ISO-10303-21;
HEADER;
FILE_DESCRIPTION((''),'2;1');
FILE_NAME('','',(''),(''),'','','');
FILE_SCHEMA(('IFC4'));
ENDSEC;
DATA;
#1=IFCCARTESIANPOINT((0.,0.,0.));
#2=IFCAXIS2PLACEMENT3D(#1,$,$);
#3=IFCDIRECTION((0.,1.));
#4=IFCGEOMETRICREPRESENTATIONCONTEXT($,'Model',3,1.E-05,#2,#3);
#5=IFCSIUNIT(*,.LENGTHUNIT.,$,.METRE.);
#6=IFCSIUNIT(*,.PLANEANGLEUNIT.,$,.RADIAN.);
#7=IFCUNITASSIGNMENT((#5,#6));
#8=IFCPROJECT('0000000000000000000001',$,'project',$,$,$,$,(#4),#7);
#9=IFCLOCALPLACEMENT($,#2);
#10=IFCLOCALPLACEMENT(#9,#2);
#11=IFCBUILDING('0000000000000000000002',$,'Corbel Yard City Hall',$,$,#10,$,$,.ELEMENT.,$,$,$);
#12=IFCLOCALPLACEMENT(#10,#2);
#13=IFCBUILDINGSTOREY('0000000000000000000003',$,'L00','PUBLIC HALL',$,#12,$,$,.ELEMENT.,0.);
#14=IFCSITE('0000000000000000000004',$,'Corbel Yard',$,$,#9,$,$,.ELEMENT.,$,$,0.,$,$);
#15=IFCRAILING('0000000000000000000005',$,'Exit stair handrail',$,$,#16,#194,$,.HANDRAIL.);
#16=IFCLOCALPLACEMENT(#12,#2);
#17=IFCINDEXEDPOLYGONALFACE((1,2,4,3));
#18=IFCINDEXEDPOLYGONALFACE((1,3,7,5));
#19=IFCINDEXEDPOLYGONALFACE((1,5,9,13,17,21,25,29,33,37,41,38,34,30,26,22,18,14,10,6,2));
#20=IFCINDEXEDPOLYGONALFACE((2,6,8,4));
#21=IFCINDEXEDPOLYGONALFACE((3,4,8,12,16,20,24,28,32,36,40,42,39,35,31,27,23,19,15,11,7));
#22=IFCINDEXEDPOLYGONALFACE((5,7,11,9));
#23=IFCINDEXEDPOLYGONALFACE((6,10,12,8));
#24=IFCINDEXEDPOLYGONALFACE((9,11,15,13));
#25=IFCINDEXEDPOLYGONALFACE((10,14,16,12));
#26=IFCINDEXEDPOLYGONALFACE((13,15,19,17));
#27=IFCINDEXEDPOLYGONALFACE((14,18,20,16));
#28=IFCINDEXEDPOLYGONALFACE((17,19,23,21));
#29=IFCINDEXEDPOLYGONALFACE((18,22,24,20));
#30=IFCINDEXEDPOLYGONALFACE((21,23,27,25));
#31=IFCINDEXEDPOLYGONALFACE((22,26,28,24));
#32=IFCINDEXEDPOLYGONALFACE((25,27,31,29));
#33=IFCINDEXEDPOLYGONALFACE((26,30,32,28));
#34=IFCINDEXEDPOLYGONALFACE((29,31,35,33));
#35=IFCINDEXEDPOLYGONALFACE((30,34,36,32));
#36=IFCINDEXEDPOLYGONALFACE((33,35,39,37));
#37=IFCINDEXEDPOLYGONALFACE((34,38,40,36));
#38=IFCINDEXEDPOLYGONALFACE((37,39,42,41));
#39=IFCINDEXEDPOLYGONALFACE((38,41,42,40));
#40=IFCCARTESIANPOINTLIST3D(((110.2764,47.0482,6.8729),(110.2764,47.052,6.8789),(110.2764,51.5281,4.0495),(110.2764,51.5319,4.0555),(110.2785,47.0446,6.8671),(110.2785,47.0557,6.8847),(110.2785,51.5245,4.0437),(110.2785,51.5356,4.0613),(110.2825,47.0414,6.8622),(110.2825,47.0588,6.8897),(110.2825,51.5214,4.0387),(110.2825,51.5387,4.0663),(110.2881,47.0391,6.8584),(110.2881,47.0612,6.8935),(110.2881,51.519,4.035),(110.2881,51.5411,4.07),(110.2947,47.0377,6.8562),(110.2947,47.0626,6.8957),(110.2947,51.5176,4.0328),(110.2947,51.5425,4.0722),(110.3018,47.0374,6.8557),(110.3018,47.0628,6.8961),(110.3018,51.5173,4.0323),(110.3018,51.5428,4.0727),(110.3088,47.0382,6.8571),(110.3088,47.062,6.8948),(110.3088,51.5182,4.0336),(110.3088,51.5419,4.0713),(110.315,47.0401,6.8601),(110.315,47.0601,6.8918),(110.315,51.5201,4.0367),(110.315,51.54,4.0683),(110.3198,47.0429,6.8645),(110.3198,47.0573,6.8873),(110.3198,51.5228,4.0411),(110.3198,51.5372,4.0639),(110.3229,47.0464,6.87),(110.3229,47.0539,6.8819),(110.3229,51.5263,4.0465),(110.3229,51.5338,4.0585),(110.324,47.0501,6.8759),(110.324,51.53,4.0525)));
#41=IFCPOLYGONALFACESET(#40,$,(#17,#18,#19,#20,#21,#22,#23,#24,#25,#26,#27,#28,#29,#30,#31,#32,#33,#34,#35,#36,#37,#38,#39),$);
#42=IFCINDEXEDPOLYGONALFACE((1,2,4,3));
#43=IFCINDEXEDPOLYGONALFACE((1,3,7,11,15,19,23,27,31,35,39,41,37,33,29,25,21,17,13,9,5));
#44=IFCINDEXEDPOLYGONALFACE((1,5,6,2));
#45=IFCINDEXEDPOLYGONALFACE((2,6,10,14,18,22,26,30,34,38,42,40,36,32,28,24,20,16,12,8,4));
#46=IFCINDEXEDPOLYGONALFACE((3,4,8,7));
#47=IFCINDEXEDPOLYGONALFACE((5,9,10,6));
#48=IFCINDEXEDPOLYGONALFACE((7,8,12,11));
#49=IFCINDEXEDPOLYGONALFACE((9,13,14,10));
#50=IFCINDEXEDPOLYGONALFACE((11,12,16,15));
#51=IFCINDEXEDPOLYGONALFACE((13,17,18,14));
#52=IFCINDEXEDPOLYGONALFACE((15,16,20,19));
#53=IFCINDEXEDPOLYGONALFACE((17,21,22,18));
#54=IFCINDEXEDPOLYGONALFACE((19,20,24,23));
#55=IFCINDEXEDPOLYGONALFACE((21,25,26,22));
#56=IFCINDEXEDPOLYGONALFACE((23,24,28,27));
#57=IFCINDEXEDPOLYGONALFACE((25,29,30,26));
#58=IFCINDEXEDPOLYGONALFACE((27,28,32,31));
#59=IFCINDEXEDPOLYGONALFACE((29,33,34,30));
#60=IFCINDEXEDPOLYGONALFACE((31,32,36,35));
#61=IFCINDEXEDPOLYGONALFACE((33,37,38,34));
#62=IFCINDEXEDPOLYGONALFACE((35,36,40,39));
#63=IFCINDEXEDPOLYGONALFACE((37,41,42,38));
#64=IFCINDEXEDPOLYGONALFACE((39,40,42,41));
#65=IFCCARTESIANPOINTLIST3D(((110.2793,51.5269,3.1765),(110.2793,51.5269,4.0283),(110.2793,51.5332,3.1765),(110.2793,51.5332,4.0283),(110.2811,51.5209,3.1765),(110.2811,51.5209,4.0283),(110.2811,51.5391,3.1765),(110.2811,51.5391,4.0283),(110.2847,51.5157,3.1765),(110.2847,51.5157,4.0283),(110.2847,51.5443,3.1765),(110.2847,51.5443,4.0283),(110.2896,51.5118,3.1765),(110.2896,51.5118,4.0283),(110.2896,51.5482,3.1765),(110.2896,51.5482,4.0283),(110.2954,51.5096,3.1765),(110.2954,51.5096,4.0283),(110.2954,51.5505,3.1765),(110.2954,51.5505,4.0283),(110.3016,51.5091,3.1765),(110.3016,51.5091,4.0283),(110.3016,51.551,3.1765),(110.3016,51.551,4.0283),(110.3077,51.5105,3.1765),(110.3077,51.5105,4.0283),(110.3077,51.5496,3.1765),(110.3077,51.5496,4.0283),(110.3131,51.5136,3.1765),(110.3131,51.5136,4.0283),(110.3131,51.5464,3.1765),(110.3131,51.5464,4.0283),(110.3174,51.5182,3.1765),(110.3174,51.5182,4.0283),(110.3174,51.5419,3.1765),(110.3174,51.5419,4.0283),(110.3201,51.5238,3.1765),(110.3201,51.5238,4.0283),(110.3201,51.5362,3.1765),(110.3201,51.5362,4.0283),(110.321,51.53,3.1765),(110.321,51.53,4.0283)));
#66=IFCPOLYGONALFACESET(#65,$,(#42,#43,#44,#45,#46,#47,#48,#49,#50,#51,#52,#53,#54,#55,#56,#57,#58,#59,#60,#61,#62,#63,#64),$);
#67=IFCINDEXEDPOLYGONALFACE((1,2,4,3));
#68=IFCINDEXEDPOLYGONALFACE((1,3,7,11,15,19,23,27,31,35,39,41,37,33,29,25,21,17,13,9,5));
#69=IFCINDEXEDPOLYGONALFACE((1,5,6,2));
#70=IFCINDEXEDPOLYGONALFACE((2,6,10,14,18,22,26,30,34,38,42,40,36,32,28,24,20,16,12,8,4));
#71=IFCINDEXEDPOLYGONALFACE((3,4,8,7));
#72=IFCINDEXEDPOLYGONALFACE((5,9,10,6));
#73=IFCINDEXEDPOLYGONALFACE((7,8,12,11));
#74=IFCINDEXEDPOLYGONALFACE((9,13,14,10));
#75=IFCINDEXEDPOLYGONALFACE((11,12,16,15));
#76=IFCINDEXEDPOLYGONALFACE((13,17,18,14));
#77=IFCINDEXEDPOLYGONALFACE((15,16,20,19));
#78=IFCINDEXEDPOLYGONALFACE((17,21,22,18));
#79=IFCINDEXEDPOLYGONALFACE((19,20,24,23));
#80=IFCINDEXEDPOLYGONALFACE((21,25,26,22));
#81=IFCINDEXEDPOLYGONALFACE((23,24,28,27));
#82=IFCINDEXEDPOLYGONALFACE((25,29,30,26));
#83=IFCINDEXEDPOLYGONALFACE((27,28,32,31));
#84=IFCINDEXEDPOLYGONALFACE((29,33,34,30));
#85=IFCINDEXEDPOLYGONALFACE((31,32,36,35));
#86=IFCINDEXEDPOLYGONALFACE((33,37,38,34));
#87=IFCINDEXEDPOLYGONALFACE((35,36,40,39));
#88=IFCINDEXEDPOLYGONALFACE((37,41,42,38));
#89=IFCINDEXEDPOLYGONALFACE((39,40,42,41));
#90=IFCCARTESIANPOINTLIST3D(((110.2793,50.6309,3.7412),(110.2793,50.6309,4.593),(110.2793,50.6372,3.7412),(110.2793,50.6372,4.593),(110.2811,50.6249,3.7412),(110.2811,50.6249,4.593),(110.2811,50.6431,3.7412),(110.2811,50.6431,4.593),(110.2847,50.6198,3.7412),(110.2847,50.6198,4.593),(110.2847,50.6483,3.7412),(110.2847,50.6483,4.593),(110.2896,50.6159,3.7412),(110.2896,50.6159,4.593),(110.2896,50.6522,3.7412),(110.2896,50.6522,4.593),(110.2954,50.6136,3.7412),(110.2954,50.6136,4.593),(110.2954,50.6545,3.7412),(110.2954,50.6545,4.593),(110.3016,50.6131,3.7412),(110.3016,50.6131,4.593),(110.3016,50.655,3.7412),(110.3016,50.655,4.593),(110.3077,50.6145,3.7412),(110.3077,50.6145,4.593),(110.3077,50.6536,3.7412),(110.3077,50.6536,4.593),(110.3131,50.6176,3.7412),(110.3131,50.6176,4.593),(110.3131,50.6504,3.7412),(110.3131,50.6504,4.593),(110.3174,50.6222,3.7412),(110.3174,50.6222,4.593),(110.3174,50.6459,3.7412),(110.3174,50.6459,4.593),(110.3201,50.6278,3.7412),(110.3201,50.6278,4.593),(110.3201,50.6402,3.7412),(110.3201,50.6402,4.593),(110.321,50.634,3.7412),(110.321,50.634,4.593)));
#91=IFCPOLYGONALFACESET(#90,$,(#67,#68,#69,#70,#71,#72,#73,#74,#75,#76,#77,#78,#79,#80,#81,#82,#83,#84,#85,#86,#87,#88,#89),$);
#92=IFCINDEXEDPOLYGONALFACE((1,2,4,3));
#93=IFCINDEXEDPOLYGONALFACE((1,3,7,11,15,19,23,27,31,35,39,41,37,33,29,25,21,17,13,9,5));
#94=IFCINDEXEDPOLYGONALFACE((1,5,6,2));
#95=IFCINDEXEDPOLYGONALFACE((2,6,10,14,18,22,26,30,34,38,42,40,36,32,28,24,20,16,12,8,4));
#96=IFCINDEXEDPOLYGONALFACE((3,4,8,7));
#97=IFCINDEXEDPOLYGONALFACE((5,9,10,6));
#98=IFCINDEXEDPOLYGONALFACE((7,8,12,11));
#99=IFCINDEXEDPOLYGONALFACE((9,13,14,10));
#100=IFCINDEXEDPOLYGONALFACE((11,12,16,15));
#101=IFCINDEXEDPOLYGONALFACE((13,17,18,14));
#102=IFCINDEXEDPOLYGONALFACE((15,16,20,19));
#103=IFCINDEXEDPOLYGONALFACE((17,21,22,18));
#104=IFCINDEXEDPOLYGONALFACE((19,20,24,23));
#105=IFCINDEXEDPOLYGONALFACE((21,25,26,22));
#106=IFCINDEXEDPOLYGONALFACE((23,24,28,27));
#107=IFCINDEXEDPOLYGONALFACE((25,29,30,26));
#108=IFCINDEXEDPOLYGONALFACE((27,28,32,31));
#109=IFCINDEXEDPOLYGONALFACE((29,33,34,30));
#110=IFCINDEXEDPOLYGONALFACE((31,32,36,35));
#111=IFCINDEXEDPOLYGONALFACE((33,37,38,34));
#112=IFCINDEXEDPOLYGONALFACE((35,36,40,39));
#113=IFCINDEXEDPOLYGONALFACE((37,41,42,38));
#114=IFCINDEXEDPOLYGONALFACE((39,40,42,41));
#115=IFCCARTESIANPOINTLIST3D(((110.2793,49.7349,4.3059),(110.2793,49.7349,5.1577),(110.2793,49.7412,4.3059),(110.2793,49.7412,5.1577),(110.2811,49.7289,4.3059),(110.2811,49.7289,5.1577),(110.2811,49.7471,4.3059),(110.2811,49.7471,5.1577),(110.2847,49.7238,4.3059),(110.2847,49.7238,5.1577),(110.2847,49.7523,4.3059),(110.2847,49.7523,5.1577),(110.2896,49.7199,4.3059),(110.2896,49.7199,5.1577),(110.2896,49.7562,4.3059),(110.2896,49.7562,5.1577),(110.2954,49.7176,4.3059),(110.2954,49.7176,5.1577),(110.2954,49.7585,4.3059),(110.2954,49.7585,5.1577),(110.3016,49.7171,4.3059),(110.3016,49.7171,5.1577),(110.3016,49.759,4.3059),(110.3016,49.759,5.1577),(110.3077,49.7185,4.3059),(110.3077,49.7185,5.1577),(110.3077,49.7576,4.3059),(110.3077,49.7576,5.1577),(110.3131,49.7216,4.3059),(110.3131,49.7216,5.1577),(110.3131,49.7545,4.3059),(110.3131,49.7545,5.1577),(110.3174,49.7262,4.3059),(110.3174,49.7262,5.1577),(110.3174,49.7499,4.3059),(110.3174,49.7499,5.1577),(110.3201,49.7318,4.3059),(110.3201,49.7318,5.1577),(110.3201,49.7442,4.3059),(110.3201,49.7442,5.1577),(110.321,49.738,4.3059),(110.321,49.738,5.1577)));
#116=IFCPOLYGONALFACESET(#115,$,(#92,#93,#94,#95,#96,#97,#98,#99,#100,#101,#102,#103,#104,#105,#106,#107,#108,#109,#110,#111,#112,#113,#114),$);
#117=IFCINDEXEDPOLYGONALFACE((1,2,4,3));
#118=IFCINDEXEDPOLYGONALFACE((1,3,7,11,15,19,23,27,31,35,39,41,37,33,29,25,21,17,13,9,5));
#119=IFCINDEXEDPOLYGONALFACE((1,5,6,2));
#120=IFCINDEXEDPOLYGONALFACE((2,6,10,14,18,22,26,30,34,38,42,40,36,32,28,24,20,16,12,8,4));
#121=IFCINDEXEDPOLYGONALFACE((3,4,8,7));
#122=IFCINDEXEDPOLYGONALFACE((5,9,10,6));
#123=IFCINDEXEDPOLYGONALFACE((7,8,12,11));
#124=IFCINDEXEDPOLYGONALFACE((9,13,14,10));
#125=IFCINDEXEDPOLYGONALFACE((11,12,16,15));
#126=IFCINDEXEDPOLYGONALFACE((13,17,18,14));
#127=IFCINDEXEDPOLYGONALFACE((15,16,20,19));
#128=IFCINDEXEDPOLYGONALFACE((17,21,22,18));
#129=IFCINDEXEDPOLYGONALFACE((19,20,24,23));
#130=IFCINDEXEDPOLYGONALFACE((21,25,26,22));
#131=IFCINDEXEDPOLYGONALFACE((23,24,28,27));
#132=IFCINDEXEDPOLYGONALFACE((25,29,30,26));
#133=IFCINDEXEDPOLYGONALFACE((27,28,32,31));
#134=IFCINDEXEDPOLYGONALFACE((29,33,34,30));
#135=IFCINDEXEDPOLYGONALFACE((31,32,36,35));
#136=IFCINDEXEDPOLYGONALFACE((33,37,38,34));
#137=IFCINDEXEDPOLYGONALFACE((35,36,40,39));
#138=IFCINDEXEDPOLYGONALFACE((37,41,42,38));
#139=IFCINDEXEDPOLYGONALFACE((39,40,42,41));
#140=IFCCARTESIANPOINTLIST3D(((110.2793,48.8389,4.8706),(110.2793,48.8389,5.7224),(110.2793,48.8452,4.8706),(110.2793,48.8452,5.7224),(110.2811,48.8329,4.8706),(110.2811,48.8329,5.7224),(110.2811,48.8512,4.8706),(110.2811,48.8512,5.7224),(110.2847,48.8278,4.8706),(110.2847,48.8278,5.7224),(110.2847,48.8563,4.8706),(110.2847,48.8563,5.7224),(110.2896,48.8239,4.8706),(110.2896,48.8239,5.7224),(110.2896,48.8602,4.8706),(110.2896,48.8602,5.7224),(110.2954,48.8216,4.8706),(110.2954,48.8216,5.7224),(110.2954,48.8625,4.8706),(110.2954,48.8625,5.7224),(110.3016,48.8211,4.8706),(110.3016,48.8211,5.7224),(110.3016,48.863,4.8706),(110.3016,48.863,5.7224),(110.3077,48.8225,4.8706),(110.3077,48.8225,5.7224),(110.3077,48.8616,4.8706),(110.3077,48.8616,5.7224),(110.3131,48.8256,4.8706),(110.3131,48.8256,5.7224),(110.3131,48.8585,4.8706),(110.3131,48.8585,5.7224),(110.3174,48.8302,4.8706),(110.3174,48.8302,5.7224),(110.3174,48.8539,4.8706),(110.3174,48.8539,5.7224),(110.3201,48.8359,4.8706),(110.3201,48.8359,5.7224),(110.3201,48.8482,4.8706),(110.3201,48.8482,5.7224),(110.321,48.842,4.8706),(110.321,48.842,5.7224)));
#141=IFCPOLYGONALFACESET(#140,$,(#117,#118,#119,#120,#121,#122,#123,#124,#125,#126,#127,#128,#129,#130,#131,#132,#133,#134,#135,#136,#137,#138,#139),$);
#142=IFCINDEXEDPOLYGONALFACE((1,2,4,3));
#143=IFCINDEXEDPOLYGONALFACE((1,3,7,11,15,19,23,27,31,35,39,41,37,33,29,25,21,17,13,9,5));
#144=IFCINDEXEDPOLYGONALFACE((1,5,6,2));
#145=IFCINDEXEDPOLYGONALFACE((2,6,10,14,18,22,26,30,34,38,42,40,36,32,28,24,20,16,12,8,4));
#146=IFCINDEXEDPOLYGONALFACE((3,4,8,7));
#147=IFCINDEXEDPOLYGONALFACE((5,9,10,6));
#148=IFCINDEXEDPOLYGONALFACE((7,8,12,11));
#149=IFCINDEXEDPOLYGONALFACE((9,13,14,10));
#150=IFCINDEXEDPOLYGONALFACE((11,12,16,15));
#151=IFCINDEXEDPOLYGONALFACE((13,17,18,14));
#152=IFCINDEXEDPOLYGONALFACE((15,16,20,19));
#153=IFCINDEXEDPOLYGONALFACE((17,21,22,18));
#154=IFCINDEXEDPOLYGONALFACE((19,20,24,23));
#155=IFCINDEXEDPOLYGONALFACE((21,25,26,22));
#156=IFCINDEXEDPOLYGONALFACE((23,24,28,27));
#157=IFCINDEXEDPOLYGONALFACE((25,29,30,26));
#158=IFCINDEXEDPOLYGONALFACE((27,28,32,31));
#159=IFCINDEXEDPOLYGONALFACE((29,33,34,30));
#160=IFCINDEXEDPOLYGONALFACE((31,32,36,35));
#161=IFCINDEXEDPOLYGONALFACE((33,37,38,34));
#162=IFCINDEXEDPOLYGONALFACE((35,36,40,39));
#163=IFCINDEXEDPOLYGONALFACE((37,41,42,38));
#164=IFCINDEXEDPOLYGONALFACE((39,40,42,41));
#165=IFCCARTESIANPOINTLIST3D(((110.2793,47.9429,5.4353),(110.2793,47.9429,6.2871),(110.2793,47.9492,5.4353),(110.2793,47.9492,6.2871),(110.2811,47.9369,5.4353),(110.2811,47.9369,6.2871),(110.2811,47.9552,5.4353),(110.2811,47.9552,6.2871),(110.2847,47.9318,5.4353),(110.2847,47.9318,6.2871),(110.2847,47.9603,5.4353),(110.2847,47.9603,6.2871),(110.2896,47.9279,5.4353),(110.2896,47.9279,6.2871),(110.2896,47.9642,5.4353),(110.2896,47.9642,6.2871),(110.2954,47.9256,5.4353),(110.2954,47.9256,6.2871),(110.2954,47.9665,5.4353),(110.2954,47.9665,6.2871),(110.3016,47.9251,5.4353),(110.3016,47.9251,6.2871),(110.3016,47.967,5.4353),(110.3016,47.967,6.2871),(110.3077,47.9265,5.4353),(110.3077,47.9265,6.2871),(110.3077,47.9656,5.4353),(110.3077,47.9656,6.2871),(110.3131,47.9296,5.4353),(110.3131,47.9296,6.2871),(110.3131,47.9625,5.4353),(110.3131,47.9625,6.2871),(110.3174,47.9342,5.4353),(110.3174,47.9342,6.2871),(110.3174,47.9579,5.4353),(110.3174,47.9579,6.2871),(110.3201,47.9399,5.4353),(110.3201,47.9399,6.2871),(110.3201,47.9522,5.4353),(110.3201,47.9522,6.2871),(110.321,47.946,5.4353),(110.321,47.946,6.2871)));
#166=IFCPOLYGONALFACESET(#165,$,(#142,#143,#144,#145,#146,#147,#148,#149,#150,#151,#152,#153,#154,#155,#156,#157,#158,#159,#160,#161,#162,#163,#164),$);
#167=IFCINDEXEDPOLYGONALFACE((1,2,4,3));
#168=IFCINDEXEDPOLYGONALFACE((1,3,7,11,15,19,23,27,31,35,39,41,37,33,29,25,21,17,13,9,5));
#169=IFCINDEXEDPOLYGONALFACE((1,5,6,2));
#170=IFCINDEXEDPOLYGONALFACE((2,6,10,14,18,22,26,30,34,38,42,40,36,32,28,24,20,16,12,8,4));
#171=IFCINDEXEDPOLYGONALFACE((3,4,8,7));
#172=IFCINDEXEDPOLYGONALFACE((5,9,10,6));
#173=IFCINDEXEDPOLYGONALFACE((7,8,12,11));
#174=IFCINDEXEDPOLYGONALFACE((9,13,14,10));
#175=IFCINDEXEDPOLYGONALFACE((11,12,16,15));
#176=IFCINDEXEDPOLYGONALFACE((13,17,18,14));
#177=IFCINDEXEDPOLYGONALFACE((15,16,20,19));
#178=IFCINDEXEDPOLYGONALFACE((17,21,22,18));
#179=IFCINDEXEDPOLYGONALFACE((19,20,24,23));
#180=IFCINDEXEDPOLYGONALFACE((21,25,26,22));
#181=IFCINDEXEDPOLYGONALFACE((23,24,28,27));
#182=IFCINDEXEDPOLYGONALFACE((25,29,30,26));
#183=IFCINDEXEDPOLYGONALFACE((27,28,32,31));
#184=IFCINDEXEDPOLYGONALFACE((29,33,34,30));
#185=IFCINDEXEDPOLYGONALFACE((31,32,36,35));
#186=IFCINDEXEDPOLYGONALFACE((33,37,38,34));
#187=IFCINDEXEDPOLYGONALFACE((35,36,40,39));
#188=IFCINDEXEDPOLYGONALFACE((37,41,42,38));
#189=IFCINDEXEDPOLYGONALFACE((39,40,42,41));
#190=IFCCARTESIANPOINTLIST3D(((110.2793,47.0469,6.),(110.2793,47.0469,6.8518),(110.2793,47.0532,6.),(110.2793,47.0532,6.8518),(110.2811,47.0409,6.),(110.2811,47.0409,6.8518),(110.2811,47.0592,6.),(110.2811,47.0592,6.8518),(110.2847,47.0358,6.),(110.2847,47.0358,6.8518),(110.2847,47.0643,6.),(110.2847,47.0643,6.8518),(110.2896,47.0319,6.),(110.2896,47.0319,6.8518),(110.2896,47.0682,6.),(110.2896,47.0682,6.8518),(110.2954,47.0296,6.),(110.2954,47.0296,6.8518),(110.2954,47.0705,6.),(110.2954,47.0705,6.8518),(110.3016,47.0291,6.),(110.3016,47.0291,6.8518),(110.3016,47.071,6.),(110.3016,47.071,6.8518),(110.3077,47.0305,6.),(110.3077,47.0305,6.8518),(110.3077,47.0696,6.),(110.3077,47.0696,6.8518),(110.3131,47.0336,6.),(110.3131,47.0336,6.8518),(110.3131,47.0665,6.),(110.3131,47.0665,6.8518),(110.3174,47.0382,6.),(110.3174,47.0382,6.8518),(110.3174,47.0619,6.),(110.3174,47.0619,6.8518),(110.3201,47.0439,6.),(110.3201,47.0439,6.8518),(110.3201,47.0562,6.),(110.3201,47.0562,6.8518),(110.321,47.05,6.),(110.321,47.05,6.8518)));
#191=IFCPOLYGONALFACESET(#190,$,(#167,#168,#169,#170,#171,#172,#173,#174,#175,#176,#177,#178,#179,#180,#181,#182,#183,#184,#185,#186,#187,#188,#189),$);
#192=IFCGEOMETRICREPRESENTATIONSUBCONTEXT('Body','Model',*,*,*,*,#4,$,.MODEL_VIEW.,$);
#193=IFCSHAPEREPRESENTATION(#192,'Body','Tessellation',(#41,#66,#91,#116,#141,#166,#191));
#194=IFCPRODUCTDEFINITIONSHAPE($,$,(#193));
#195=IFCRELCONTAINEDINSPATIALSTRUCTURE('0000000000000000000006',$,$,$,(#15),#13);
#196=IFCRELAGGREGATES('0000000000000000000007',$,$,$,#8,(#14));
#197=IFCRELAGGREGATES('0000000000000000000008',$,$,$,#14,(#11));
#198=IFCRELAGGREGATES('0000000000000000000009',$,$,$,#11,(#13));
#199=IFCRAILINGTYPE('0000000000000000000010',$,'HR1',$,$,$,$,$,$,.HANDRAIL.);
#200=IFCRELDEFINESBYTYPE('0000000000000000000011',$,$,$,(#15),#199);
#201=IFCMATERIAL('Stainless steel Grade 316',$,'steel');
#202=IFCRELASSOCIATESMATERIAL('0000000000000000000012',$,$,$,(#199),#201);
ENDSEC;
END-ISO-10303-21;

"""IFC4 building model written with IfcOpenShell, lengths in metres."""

from ifc_helpers import new_model, si_unit, direction, frame, origin, origin_2d, place, context, subcontext, project, spatial, circle, extrude, material, type_object, element, save


model = new_model("IFC4")

# Units and contexts
model_context = context("Model", 3, precision=1e-05, world=origin(), true_north=direction((0.0, 1.0)))
body_context = subcontext(model_context, "Body", "Model", "MODEL_VIEW")
ifc_project = project(units=[si_unit("LENGTHUNIT", "METRE"), si_unit("PLANEANGLEUNIT", "RADIAN")], contexts=[model_context])

# Site, building, storey
site_placement = place(None, origin())
site = spatial("IfcSite", under=ifc_project, at=site_placement, Name="Corbel Yard", CompositionType="ELEMENT", RefElevation=0.0)
building_placement = place(site_placement, origin())
building = spatial("IfcBuilding", under=site, at=building_placement, Name="Corbel Yard City Hall", CompositionType="ELEMENT")
storey_placement = place(building_placement, origin())
storey = spatial("IfcBuildingStorey", under=building, at=storey_placement, Name="L00", Description="PUBLIC HALL", CompositionType="ELEMENT", Elevation=0.0)

# Shared definitions
ifc_material_1 = material(Name="Stainless steel Grade 316", Category="steel")

# Railing
railing_type = type_object("IfcRailingType", Name="HR1", PredefinedType="HANDRAIL", material=ifc_material_1)
for number, where, name in (
    (1, (110.3, 51.53, 3.1765), "Exit stair handrail"),
):
    element("IfcRailing", number, at=place(storey_placement, frame(where)), inside=storey, type_object=railing_type, Name=name, PredefinedType="HANDRAIL", context=body_context, shape_type="SweptSolid", body=[
        extrude(circle(Radius=0.0239, at=origin_2d()), frame((0.0, 0.0, 0.876), z_axis=(0.0, -0.845998, 0.533186), x_axis=(1.0, 0.0, 0.0)), (0.0, 0.0, 1.0), 5.2954),
        extrude(circle(Radius=0.021, at=origin_2d()), origin(), (0.0, 0.0, 1.0), 0.8518),
        extrude(circle(Radius=0.021, at=origin_2d()), frame((0.0, -0.896, 0.5647)), (0.0, 0.0, 1.0), 0.8518),
        extrude(circle(Radius=0.021, at=origin_2d()), frame((0.0, -1.792, 1.1294)), (0.0, 0.0, 1.0), 0.8518),
        extrude(circle(Radius=0.021, at=origin_2d()), frame((0.0, -2.688, 1.6941)), (0.0, 0.0, 1.0), 0.8518),
        extrude(circle(Radius=0.021, at=origin_2d()), frame((0.0, -3.584, 2.2588)), (0.0, 0.0, 1.0), 0.8518),
        extrude(circle(Radius=0.021, at=origin_2d()), frame((0.0, -4.48, 2.8235)), (0.0, 0.0, 1.0), 0.8518),
    ])

save(model, "model.ifc")
